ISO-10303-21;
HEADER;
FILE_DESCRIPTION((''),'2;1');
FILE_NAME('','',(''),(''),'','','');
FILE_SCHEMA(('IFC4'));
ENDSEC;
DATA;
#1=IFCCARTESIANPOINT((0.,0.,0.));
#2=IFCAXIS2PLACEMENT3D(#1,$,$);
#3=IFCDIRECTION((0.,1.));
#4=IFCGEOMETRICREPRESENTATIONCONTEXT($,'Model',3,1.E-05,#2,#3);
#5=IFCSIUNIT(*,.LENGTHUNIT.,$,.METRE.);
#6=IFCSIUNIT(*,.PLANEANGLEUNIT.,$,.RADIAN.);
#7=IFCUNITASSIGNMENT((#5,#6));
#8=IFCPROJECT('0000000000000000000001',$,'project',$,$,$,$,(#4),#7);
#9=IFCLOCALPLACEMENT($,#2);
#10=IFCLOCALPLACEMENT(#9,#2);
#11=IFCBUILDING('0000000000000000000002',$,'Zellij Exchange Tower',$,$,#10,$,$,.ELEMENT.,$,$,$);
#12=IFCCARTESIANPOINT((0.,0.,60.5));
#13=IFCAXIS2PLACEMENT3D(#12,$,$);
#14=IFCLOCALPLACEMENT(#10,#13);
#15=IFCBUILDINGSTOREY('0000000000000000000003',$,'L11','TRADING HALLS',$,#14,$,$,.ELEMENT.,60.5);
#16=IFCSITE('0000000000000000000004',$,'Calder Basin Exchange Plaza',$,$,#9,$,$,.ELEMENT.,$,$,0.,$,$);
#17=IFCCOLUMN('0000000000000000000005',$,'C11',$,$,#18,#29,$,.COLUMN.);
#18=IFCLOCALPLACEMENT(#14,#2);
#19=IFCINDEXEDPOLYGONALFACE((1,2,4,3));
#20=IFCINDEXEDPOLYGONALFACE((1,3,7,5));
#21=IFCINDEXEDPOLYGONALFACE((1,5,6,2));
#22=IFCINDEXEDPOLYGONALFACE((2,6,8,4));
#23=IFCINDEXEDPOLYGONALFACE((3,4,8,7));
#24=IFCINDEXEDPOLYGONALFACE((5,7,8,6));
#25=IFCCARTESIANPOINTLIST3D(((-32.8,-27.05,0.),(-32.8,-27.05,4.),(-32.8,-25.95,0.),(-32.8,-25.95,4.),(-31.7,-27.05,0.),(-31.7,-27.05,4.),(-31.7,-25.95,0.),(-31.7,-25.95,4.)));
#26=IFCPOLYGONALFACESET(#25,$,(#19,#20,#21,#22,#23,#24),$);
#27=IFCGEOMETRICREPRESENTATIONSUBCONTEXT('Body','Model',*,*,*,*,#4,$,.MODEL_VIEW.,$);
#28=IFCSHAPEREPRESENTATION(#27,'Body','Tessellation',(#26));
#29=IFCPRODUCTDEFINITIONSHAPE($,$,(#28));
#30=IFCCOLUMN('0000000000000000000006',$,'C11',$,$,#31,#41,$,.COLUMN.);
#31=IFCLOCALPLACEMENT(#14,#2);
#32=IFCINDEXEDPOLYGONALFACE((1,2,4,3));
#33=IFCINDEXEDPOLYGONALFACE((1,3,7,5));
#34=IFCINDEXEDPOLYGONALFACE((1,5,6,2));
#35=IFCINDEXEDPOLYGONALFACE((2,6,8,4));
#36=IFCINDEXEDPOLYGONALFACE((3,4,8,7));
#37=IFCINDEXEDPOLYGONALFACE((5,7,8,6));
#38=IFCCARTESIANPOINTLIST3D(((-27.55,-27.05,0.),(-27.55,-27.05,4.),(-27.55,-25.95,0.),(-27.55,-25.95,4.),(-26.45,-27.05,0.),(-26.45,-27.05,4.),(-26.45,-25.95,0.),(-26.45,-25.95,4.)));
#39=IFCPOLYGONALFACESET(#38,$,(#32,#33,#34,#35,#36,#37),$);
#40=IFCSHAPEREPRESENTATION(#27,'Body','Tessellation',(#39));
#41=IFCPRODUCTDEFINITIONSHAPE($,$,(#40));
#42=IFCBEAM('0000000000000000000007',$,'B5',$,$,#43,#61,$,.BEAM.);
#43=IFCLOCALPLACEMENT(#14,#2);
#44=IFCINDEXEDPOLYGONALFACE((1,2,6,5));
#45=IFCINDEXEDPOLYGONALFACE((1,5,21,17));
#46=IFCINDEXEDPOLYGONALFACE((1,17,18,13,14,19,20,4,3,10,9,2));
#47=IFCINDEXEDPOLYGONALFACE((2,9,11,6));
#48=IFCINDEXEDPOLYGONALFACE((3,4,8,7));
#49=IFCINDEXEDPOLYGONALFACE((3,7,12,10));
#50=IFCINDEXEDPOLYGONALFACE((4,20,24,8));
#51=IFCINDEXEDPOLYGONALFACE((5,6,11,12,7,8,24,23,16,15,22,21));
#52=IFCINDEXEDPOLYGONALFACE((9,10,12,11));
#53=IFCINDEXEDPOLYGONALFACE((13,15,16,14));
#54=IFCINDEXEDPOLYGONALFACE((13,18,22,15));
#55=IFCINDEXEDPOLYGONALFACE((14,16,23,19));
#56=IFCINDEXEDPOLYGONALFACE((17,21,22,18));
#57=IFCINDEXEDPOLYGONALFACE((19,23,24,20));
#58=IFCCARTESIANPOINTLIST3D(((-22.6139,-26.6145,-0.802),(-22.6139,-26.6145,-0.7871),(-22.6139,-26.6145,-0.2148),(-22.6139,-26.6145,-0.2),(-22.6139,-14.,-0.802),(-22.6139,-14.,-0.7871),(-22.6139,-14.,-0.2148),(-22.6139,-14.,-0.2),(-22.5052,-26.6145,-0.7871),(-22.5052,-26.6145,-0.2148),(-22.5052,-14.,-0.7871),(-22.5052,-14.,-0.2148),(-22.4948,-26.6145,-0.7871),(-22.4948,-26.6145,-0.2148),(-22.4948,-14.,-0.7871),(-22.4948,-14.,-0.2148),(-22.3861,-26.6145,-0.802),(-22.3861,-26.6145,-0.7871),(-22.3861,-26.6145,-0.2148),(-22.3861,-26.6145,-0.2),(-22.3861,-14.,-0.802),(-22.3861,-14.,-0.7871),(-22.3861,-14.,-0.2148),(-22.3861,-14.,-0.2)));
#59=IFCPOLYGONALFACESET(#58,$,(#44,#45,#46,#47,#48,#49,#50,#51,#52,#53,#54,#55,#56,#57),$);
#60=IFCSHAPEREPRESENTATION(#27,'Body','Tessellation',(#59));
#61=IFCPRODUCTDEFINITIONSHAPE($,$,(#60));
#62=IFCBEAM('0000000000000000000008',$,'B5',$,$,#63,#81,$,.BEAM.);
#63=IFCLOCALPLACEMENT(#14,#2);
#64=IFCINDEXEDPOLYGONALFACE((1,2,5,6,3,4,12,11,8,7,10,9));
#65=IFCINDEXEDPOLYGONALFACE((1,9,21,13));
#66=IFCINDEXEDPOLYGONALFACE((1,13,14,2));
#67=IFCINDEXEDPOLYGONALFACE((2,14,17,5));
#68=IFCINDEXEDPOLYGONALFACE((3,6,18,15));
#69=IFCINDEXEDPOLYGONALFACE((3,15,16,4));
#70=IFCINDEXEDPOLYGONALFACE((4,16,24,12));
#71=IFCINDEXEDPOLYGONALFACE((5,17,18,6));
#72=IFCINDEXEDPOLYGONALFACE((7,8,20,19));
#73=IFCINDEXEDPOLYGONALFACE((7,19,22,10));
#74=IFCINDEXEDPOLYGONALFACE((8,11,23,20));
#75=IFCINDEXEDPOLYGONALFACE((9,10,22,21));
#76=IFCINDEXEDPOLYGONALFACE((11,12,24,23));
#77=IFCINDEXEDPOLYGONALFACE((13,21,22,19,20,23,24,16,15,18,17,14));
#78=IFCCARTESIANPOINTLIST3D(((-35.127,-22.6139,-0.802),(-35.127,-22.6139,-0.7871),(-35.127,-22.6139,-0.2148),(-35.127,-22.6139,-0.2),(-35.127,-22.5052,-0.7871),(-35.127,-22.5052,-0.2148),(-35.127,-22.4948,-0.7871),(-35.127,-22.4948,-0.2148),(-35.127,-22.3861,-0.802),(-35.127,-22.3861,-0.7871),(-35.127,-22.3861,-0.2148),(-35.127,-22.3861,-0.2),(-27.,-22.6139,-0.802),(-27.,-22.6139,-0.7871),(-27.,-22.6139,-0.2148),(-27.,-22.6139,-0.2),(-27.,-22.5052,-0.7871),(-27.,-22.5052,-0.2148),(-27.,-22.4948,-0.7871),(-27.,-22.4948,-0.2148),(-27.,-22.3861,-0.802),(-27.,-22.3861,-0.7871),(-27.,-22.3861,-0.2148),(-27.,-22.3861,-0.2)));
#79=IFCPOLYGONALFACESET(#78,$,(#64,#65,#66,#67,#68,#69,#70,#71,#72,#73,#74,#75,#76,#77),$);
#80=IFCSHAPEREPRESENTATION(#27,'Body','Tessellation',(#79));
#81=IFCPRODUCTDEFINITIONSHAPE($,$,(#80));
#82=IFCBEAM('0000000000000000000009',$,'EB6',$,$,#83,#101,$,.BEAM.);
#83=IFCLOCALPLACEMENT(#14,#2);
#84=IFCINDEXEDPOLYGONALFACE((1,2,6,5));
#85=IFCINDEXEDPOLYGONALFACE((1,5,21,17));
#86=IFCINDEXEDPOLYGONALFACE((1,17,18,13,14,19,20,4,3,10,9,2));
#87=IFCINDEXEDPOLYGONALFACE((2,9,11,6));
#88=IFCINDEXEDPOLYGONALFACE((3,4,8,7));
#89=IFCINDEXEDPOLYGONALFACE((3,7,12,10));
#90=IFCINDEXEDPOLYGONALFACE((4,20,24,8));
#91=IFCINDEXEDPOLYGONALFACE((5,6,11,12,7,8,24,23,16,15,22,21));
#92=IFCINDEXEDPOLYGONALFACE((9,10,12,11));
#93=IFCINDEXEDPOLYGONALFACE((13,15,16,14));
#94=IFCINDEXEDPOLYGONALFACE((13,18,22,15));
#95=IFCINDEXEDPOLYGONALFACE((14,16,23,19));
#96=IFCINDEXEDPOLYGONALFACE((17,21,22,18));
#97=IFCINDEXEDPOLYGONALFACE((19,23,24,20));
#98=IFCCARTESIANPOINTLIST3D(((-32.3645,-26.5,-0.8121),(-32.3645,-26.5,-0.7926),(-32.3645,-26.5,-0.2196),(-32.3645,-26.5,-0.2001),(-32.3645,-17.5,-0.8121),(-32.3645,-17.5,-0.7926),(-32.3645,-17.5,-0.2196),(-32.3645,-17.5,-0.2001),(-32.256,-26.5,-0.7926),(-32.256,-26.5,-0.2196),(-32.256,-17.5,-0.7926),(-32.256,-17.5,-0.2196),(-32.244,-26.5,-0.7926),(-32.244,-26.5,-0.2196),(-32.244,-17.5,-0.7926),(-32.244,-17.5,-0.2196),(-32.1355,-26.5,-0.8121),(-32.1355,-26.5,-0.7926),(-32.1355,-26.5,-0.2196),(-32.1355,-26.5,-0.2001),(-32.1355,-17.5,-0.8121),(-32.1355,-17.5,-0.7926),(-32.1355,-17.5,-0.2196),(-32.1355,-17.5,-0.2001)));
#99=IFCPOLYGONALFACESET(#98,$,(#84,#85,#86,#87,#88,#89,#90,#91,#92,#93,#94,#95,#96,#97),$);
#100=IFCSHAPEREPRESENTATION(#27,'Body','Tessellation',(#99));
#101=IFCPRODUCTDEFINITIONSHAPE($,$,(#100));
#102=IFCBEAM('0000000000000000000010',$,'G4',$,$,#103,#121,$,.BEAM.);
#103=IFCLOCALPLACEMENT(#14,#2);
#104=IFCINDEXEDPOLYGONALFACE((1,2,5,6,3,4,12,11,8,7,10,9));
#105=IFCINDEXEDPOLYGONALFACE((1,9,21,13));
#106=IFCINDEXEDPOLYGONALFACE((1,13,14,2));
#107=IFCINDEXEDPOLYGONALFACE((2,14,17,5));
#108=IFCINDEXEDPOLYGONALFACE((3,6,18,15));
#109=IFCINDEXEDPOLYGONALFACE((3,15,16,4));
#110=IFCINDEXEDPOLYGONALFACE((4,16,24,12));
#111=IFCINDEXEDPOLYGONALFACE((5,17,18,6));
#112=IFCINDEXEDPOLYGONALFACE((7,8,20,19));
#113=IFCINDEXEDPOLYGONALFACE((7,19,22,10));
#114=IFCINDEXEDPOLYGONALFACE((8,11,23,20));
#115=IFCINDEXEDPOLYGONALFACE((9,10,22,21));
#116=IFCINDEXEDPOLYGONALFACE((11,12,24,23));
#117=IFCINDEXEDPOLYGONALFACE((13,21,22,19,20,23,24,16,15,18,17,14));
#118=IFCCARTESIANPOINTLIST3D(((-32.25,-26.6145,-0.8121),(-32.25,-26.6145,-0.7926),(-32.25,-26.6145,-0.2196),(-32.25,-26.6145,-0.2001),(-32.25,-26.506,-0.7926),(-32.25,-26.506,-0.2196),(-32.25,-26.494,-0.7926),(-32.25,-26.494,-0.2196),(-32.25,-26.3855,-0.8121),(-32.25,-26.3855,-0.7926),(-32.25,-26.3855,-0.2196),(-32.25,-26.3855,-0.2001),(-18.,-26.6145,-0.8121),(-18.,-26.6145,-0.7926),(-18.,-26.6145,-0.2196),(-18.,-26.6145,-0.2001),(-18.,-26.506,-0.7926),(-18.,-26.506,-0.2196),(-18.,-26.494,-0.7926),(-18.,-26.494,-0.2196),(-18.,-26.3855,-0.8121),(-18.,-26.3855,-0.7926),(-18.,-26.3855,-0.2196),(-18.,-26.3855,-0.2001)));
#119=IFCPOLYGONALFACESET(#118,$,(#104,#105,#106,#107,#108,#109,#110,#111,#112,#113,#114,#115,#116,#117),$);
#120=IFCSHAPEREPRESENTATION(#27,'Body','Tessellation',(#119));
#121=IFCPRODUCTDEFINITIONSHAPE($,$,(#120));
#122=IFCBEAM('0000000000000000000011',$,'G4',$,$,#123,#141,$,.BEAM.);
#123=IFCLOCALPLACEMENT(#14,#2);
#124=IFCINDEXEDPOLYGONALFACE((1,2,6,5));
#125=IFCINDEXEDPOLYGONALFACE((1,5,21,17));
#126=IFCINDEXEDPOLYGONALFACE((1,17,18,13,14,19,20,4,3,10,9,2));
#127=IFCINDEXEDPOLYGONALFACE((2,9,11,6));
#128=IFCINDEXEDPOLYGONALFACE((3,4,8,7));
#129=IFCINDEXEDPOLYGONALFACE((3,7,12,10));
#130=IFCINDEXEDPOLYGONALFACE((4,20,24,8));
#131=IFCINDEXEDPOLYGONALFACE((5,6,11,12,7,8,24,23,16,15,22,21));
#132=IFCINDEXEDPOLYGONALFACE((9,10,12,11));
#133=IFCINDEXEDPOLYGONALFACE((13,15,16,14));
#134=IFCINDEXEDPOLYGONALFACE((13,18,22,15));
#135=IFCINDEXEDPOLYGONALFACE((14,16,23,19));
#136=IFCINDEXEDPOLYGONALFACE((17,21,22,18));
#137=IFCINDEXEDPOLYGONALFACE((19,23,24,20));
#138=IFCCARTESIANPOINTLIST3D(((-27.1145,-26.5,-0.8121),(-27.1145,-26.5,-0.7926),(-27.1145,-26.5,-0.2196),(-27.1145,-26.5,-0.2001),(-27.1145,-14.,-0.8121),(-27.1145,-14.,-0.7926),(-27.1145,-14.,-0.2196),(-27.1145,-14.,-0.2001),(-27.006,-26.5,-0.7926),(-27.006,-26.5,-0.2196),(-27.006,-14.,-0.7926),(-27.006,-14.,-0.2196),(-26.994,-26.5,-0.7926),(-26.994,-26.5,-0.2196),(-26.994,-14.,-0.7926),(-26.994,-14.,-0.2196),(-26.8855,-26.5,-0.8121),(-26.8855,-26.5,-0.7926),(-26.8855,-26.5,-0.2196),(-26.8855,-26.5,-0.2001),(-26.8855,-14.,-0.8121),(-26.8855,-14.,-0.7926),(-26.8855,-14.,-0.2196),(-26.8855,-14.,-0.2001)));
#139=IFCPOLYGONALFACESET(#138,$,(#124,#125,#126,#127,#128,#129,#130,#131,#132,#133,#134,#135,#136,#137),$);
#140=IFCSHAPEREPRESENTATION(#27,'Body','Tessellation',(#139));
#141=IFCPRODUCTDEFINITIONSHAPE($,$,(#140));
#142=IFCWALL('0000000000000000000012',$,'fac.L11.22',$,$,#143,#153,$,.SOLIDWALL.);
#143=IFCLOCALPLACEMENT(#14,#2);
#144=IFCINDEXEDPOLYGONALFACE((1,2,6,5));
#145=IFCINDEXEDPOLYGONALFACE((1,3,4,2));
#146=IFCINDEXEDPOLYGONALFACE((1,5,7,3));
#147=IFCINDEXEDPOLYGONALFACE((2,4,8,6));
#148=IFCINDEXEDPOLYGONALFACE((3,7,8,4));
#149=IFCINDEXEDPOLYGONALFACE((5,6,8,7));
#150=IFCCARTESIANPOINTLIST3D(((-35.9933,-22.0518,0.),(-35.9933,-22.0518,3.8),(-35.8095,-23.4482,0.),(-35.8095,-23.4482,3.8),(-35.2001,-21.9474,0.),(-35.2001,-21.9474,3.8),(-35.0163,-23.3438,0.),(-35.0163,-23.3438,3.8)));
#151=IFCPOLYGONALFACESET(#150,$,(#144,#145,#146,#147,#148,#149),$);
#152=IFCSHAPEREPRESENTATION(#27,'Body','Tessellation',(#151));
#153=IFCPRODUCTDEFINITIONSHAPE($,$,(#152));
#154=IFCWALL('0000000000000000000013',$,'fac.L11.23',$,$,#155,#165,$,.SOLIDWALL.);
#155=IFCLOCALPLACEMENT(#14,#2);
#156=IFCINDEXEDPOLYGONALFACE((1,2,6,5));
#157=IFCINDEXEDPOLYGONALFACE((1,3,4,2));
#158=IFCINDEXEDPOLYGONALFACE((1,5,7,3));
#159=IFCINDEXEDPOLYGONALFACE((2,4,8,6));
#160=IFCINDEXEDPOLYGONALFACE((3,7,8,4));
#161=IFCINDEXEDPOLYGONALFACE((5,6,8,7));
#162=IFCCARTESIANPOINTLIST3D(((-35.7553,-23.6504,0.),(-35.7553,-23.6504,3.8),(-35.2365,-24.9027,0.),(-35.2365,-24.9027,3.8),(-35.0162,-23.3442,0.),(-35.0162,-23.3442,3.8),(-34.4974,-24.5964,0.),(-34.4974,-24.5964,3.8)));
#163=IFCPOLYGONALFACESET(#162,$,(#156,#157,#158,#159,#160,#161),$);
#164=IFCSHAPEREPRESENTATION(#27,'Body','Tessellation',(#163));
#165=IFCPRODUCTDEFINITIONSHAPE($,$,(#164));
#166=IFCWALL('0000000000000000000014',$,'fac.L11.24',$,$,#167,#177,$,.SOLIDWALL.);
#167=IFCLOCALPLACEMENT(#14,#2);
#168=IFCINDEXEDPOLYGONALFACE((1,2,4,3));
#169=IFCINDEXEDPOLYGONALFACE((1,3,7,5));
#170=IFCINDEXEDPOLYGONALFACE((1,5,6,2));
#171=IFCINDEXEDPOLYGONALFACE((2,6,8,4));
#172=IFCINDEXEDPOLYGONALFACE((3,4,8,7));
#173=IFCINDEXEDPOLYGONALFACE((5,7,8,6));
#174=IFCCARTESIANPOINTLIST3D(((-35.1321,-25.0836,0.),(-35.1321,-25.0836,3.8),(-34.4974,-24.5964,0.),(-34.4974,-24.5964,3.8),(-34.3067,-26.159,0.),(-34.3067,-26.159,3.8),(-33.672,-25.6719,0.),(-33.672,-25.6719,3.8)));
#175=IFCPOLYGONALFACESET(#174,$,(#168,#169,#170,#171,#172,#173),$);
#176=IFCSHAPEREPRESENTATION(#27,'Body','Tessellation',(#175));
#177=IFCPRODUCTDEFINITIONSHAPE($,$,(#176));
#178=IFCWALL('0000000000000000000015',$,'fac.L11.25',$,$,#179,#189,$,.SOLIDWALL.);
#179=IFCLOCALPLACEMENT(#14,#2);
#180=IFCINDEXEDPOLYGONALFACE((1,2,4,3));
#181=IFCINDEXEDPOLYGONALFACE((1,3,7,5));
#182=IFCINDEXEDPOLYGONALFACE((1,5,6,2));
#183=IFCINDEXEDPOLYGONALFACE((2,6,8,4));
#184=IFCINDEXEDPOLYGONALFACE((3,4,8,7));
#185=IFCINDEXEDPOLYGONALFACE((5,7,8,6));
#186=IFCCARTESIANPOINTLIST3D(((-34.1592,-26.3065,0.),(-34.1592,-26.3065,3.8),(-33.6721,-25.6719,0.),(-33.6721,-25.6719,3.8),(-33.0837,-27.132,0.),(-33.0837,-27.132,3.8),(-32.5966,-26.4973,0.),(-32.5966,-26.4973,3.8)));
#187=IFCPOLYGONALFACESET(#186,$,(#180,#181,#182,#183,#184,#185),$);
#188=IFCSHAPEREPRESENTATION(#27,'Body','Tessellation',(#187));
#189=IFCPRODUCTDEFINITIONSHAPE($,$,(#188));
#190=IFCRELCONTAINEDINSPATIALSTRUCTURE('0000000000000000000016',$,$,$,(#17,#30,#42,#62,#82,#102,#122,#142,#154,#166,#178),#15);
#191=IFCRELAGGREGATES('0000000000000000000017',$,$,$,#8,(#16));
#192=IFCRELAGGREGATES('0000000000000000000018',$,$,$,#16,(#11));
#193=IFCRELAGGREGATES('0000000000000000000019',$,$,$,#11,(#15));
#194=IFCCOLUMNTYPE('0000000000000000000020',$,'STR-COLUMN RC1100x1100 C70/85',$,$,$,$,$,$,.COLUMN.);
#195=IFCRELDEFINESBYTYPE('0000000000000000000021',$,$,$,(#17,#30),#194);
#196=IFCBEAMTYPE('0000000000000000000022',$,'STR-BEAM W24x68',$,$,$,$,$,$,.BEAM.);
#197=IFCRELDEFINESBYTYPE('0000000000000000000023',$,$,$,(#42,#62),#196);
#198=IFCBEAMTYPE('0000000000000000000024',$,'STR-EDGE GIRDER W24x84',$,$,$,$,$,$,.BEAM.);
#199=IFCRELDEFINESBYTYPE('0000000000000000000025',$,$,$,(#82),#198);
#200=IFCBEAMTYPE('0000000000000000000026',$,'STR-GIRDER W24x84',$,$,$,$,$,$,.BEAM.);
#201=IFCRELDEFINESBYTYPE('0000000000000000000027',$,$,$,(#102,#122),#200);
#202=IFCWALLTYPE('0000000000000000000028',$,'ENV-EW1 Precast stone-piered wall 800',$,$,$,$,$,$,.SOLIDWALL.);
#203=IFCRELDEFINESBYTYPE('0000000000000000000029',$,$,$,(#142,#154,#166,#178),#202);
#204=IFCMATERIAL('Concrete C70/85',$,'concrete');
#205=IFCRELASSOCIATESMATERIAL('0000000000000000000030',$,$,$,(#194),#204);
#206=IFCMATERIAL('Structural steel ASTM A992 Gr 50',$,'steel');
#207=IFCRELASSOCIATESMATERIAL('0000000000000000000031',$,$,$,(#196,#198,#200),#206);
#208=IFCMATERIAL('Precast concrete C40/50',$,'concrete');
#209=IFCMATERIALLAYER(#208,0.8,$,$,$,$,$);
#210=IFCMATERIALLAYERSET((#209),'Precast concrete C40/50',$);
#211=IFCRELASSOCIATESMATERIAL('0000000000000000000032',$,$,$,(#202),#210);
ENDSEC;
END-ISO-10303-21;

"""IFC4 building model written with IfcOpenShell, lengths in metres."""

from ifc_helpers import new_model, si_unit, direction, frame, frame_2d, origin, origin_2d, place, context, subcontext, project, spatial, rectangle, i_section, extrude, material, layer, layer_set, material_profile, profile_set, type_object, element, save


model = new_model("IFC4")

# Units and contexts
model_context = context("Model", 3, precision=1e-05, world=origin(), true_north=direction((0.0, 1.0)))
body_context = subcontext(model_context, "Body", "Model", "MODEL_VIEW")
ifc_project = project(units=[si_unit("LENGTHUNIT", "METRE"), si_unit("PLANEANGLEUNIT", "RADIAN")], contexts=[model_context])

# Site, building, storey
site_placement = place(None, origin())
site = spatial("IfcSite", under=ifc_project, at=site_placement, Name="Calder Basin Exchange Plaza", CompositionType="ELEMENT", RefElevation=0.0)
building_placement = place(site_placement, origin())
building = spatial("IfcBuilding", under=site, at=building_placement, Name="Zellij Exchange Tower", CompositionType="ELEMENT")
storey_placement = place(building_placement, frame((0.0, 0.0, 60.5)))
storey = spatial("IfcBuildingStorey", under=building, at=storey_placement, Name="L11", Description="TRADING HALLS", CompositionType="ELEMENT", Elevation=60.5)

# Columns
ifc_material_1 = material(Name="Concrete C70/85", Category="concrete")
ifc_material_profile_1 = material_profile(ifc_material_1, rectangle(XDim=1.1001, YDim=1.1001, at=origin_2d()), Name="STR-COLUMN RC1100x1100 C70/85")
ifc_profile_set_1 = profile_set([ifc_material_profile_1], Name="Concrete C70/85")
column_type = type_object("IfcColumnType", Name="STR-COLUMN RC1100x1100 C70/85", PredefinedType="COLUMN", material=ifc_profile_set_1)
for number, where, z_axis, x_axis, name in (
    (1, (-32.25, -26.5, 0.0), (0.0, 0.0, 1.0), (1.0, 0.0, 0.0), "C11"),
    (2, (-27.0, -26.5, 0.0), (0.0, 0.0, 1.0), (1.0, 0.0, 0.0), "C11"),
):
    element("IfcColumn", number, at=place(storey_placement, frame(where, z_axis=z_axis, x_axis=x_axis)), inside=storey, type_object=column_type, Name=name, PredefinedType="COLUMN", context=body_context, shape_type="SweptSolid", body=[
        extrude(rectangle(XDim=1.1001, YDim=1.1001, at=origin_2d()), origin(), (0.0, 0.0, 1.0), 4.0),
    ])

# Beams
ifc_material_2 = material(Name="Structural steel ASTM A992 Gr 50", Category="steel")
ifc_material_profile_2 = material_profile(ifc_material_2, i_section(OverallWidth=0.2278, OverallDepth=0.6021, WebThickness=0.0105, FlangeThickness=0.0149, at=origin_2d()), Name="W24x68")
ifc_profile_set_2 = profile_set([ifc_material_profile_2], Name="Structural steel ASTM A992 Gr 50")
beam_type_1 = type_object("IfcBeamType", Name="STR-BEAM W24x68", PredefinedType="BEAM", material=ifc_profile_set_2)
beam_1_placement = place(storey_placement, frame((-22.5, -26.6145, -0.501), z_axis=(0.0, 1.0, 0.0), x_axis=(-1.0, 0.0, 0.0)))
element("IfcBeam", 3, at=beam_1_placement, inside=storey, type_object=beam_type_1, Name="B5", PredefinedType="BEAM", context=body_context, shape_type="SweptSolid", body=[
    extrude(i_section(OverallWidth=0.2278, OverallDepth=0.6021, WebThickness=0.0105, FlangeThickness=0.0149, at=origin_2d()), origin(), (0.0, 0.0, 1.0), 12.6145),
])
beam_2_placement = place(storey_placement, frame((-35.127, -22.5, -0.501), z_axis=(1.0, 0.0, 0.0), x_axis=(0.0, 1.0, 0.0)))
element("IfcBeam", 4, at=beam_2_placement, inside=storey, type_object=beam_type_1, Name="B5", PredefinedType="BEAM", context=body_context, shape_type="SweptSolid", body=[
    extrude(i_section(OverallWidth=0.2278, OverallDepth=0.6021, WebThickness=0.0105, FlangeThickness=0.0149, at=origin_2d()), origin(), (0.0, 0.0, 1.0), 8.127),
])
ifc_material_profile_3 = material_profile(ifc_material_2, i_section(OverallWidth=0.229, OverallDepth=0.6121, WebThickness=0.012, FlangeThickness=0.0195, at=origin_2d()), Name="W24x84")
ifc_profile_set_3 = profile_set([ifc_material_profile_3], Name="Structural steel ASTM A992 Gr 50")
beam_type_2 = type_object("IfcBeamType", Name="STR-EDGE GIRDER W24x84", PredefinedType="BEAM", material=ifc_profile_set_3)
beam_3_placement = place(storey_placement, frame((-32.25, -26.5, -0.5061), z_axis=(0.0, 1.0, 0.0), x_axis=(-1.0, 0.0, 0.0)))
element("IfcBeam", 5, at=beam_3_placement, inside=storey, type_object=beam_type_2, Name="EB6", PredefinedType="BEAM", context=body_context, shape_type="SweptSolid", body=[
    extrude(i_section(OverallWidth=0.229, OverallDepth=0.6121, WebThickness=0.012, FlangeThickness=0.0195, at=origin_2d()), origin(), (0.0, 0.0, 1.0), 9.0),
])
ifc_material_profile_4 = material_profile(ifc_material_2, i_section(OverallWidth=0.229, OverallDepth=0.6121, WebThickness=0.012, FlangeThickness=0.0195, at=origin_2d()), Name="W24x84")
ifc_profile_set_4 = profile_set([ifc_material_profile_4], Name="Structural steel ASTM A992 Gr 50")
beam_type_3 = type_object("IfcBeamType", Name="STR-GIRDER W24x84", PredefinedType="BEAM", material=ifc_profile_set_4)
beam_4_placement = place(storey_placement, frame((-32.25, -26.5, -0.5061), z_axis=(1.0, 0.0, 0.0), x_axis=(0.0, 1.0, 0.0)))
element("IfcBeam", 6, at=beam_4_placement, inside=storey, type_object=beam_type_3, Name="G4", PredefinedType="BEAM", context=body_context, shape_type="SweptSolid", body=[
    extrude(i_section(OverallWidth=0.229, OverallDepth=0.6121, WebThickness=0.012, FlangeThickness=0.0195, at=origin_2d()), origin(), (0.0, 0.0, 1.0), 14.25),
])
beam_5_placement = place(storey_placement, frame((-27.0, -26.5, -0.5061), z_axis=(0.0, 1.0, 0.0), x_axis=(-1.0, 0.0, 0.0)))
element("IfcBeam", 7, at=beam_5_placement, inside=storey, type_object=beam_type_3, Name="G4", PredefinedType="BEAM", context=body_context, shape_type="SweptSolid", body=[
    extrude(i_section(OverallWidth=0.229, OverallDepth=0.6121, WebThickness=0.012, FlangeThickness=0.0195, at=origin_2d()), origin(), (0.0, 0.0, 1.0), 12.5),
])

# Walls
ifc_material_3 = material(Name="Precast concrete C40/50", Category="concrete")
ifc_layer_1 = layer(ifc_material_3, 0.8)
ifc_layer_set_1 = layer_set([ifc_layer_1], Name="Precast concrete C40/50")
wall_type = type_object("IfcWallType", Name="ENV-EW1 Precast stone-piered wall 800", PredefinedType="SOLIDWALL", material=ifc_layer_set_1)
wall_1_placement = place(storey_placement, frame((-35.5967, -21.9998, 0.0), z_axis=(0.0, 0.0, 1.0), x_axis=(0.130517, -0.991446, 0.0)))
element("IfcWall", 8, at=wall_1_placement, inside=storey, type_object=wall_type, Name="fac.L11.22", PredefinedType="SOLIDWALL", context=body_context, shape_type="SweptSolid", body=[
    extrude(rectangle(XDim=1.4084, YDim=0.8, at=frame_2d((0.7041, 0.0))), origin(), (0.0, 0.0, 1.0), 3.8),
])
wall_2_placement = place(storey_placement, frame((-35.3857, -23.4973, 0.0), z_axis=(0.0, 0.0, 1.0), x_axis=(0.38276, -0.923848, 0.0)))
element("IfcWall", 9, at=wall_2_placement, inside=storey, type_object=wall_type, Name="fac.L11.23", PredefinedType="SOLIDWALL", context=body_context, shape_type="SweptSolid", body=[
    extrude(rectangle(XDim=1.3555, YDim=0.8, at=frame_2d((0.6777, 0.0))), origin(), (0.0, 0.0, 1.0), 3.8),
])
for number, where, z_axis, x_axis, name in (
    (10, (-34.8147, -24.8401, 0.0), (0.0, 0.0, 1.0), (0.608866, -0.793273, 0.0), "fac.L11.24"),
    (11, (-33.9155, -25.9893, 0.0), (0.0, 0.0, 1.0), (0.793273, -0.608866, 0.0), "fac.L11.25"),
):
    element("IfcWall", number, at=place(storey_placement, frame(where, z_axis=z_axis, x_axis=x_axis)), inside=storey, type_object=wall_type, Name=name, PredefinedType="SOLIDWALL", context=body_context, shape_type="SweptSolid", body=[
        extrude(rectangle(XDim=1.3557, YDim=0.8, at=frame_2d((0.6777, 0.0))), origin(), (0.0, 0.0, 1.0), 3.8),
    ])

save(model, "model.ifc")
